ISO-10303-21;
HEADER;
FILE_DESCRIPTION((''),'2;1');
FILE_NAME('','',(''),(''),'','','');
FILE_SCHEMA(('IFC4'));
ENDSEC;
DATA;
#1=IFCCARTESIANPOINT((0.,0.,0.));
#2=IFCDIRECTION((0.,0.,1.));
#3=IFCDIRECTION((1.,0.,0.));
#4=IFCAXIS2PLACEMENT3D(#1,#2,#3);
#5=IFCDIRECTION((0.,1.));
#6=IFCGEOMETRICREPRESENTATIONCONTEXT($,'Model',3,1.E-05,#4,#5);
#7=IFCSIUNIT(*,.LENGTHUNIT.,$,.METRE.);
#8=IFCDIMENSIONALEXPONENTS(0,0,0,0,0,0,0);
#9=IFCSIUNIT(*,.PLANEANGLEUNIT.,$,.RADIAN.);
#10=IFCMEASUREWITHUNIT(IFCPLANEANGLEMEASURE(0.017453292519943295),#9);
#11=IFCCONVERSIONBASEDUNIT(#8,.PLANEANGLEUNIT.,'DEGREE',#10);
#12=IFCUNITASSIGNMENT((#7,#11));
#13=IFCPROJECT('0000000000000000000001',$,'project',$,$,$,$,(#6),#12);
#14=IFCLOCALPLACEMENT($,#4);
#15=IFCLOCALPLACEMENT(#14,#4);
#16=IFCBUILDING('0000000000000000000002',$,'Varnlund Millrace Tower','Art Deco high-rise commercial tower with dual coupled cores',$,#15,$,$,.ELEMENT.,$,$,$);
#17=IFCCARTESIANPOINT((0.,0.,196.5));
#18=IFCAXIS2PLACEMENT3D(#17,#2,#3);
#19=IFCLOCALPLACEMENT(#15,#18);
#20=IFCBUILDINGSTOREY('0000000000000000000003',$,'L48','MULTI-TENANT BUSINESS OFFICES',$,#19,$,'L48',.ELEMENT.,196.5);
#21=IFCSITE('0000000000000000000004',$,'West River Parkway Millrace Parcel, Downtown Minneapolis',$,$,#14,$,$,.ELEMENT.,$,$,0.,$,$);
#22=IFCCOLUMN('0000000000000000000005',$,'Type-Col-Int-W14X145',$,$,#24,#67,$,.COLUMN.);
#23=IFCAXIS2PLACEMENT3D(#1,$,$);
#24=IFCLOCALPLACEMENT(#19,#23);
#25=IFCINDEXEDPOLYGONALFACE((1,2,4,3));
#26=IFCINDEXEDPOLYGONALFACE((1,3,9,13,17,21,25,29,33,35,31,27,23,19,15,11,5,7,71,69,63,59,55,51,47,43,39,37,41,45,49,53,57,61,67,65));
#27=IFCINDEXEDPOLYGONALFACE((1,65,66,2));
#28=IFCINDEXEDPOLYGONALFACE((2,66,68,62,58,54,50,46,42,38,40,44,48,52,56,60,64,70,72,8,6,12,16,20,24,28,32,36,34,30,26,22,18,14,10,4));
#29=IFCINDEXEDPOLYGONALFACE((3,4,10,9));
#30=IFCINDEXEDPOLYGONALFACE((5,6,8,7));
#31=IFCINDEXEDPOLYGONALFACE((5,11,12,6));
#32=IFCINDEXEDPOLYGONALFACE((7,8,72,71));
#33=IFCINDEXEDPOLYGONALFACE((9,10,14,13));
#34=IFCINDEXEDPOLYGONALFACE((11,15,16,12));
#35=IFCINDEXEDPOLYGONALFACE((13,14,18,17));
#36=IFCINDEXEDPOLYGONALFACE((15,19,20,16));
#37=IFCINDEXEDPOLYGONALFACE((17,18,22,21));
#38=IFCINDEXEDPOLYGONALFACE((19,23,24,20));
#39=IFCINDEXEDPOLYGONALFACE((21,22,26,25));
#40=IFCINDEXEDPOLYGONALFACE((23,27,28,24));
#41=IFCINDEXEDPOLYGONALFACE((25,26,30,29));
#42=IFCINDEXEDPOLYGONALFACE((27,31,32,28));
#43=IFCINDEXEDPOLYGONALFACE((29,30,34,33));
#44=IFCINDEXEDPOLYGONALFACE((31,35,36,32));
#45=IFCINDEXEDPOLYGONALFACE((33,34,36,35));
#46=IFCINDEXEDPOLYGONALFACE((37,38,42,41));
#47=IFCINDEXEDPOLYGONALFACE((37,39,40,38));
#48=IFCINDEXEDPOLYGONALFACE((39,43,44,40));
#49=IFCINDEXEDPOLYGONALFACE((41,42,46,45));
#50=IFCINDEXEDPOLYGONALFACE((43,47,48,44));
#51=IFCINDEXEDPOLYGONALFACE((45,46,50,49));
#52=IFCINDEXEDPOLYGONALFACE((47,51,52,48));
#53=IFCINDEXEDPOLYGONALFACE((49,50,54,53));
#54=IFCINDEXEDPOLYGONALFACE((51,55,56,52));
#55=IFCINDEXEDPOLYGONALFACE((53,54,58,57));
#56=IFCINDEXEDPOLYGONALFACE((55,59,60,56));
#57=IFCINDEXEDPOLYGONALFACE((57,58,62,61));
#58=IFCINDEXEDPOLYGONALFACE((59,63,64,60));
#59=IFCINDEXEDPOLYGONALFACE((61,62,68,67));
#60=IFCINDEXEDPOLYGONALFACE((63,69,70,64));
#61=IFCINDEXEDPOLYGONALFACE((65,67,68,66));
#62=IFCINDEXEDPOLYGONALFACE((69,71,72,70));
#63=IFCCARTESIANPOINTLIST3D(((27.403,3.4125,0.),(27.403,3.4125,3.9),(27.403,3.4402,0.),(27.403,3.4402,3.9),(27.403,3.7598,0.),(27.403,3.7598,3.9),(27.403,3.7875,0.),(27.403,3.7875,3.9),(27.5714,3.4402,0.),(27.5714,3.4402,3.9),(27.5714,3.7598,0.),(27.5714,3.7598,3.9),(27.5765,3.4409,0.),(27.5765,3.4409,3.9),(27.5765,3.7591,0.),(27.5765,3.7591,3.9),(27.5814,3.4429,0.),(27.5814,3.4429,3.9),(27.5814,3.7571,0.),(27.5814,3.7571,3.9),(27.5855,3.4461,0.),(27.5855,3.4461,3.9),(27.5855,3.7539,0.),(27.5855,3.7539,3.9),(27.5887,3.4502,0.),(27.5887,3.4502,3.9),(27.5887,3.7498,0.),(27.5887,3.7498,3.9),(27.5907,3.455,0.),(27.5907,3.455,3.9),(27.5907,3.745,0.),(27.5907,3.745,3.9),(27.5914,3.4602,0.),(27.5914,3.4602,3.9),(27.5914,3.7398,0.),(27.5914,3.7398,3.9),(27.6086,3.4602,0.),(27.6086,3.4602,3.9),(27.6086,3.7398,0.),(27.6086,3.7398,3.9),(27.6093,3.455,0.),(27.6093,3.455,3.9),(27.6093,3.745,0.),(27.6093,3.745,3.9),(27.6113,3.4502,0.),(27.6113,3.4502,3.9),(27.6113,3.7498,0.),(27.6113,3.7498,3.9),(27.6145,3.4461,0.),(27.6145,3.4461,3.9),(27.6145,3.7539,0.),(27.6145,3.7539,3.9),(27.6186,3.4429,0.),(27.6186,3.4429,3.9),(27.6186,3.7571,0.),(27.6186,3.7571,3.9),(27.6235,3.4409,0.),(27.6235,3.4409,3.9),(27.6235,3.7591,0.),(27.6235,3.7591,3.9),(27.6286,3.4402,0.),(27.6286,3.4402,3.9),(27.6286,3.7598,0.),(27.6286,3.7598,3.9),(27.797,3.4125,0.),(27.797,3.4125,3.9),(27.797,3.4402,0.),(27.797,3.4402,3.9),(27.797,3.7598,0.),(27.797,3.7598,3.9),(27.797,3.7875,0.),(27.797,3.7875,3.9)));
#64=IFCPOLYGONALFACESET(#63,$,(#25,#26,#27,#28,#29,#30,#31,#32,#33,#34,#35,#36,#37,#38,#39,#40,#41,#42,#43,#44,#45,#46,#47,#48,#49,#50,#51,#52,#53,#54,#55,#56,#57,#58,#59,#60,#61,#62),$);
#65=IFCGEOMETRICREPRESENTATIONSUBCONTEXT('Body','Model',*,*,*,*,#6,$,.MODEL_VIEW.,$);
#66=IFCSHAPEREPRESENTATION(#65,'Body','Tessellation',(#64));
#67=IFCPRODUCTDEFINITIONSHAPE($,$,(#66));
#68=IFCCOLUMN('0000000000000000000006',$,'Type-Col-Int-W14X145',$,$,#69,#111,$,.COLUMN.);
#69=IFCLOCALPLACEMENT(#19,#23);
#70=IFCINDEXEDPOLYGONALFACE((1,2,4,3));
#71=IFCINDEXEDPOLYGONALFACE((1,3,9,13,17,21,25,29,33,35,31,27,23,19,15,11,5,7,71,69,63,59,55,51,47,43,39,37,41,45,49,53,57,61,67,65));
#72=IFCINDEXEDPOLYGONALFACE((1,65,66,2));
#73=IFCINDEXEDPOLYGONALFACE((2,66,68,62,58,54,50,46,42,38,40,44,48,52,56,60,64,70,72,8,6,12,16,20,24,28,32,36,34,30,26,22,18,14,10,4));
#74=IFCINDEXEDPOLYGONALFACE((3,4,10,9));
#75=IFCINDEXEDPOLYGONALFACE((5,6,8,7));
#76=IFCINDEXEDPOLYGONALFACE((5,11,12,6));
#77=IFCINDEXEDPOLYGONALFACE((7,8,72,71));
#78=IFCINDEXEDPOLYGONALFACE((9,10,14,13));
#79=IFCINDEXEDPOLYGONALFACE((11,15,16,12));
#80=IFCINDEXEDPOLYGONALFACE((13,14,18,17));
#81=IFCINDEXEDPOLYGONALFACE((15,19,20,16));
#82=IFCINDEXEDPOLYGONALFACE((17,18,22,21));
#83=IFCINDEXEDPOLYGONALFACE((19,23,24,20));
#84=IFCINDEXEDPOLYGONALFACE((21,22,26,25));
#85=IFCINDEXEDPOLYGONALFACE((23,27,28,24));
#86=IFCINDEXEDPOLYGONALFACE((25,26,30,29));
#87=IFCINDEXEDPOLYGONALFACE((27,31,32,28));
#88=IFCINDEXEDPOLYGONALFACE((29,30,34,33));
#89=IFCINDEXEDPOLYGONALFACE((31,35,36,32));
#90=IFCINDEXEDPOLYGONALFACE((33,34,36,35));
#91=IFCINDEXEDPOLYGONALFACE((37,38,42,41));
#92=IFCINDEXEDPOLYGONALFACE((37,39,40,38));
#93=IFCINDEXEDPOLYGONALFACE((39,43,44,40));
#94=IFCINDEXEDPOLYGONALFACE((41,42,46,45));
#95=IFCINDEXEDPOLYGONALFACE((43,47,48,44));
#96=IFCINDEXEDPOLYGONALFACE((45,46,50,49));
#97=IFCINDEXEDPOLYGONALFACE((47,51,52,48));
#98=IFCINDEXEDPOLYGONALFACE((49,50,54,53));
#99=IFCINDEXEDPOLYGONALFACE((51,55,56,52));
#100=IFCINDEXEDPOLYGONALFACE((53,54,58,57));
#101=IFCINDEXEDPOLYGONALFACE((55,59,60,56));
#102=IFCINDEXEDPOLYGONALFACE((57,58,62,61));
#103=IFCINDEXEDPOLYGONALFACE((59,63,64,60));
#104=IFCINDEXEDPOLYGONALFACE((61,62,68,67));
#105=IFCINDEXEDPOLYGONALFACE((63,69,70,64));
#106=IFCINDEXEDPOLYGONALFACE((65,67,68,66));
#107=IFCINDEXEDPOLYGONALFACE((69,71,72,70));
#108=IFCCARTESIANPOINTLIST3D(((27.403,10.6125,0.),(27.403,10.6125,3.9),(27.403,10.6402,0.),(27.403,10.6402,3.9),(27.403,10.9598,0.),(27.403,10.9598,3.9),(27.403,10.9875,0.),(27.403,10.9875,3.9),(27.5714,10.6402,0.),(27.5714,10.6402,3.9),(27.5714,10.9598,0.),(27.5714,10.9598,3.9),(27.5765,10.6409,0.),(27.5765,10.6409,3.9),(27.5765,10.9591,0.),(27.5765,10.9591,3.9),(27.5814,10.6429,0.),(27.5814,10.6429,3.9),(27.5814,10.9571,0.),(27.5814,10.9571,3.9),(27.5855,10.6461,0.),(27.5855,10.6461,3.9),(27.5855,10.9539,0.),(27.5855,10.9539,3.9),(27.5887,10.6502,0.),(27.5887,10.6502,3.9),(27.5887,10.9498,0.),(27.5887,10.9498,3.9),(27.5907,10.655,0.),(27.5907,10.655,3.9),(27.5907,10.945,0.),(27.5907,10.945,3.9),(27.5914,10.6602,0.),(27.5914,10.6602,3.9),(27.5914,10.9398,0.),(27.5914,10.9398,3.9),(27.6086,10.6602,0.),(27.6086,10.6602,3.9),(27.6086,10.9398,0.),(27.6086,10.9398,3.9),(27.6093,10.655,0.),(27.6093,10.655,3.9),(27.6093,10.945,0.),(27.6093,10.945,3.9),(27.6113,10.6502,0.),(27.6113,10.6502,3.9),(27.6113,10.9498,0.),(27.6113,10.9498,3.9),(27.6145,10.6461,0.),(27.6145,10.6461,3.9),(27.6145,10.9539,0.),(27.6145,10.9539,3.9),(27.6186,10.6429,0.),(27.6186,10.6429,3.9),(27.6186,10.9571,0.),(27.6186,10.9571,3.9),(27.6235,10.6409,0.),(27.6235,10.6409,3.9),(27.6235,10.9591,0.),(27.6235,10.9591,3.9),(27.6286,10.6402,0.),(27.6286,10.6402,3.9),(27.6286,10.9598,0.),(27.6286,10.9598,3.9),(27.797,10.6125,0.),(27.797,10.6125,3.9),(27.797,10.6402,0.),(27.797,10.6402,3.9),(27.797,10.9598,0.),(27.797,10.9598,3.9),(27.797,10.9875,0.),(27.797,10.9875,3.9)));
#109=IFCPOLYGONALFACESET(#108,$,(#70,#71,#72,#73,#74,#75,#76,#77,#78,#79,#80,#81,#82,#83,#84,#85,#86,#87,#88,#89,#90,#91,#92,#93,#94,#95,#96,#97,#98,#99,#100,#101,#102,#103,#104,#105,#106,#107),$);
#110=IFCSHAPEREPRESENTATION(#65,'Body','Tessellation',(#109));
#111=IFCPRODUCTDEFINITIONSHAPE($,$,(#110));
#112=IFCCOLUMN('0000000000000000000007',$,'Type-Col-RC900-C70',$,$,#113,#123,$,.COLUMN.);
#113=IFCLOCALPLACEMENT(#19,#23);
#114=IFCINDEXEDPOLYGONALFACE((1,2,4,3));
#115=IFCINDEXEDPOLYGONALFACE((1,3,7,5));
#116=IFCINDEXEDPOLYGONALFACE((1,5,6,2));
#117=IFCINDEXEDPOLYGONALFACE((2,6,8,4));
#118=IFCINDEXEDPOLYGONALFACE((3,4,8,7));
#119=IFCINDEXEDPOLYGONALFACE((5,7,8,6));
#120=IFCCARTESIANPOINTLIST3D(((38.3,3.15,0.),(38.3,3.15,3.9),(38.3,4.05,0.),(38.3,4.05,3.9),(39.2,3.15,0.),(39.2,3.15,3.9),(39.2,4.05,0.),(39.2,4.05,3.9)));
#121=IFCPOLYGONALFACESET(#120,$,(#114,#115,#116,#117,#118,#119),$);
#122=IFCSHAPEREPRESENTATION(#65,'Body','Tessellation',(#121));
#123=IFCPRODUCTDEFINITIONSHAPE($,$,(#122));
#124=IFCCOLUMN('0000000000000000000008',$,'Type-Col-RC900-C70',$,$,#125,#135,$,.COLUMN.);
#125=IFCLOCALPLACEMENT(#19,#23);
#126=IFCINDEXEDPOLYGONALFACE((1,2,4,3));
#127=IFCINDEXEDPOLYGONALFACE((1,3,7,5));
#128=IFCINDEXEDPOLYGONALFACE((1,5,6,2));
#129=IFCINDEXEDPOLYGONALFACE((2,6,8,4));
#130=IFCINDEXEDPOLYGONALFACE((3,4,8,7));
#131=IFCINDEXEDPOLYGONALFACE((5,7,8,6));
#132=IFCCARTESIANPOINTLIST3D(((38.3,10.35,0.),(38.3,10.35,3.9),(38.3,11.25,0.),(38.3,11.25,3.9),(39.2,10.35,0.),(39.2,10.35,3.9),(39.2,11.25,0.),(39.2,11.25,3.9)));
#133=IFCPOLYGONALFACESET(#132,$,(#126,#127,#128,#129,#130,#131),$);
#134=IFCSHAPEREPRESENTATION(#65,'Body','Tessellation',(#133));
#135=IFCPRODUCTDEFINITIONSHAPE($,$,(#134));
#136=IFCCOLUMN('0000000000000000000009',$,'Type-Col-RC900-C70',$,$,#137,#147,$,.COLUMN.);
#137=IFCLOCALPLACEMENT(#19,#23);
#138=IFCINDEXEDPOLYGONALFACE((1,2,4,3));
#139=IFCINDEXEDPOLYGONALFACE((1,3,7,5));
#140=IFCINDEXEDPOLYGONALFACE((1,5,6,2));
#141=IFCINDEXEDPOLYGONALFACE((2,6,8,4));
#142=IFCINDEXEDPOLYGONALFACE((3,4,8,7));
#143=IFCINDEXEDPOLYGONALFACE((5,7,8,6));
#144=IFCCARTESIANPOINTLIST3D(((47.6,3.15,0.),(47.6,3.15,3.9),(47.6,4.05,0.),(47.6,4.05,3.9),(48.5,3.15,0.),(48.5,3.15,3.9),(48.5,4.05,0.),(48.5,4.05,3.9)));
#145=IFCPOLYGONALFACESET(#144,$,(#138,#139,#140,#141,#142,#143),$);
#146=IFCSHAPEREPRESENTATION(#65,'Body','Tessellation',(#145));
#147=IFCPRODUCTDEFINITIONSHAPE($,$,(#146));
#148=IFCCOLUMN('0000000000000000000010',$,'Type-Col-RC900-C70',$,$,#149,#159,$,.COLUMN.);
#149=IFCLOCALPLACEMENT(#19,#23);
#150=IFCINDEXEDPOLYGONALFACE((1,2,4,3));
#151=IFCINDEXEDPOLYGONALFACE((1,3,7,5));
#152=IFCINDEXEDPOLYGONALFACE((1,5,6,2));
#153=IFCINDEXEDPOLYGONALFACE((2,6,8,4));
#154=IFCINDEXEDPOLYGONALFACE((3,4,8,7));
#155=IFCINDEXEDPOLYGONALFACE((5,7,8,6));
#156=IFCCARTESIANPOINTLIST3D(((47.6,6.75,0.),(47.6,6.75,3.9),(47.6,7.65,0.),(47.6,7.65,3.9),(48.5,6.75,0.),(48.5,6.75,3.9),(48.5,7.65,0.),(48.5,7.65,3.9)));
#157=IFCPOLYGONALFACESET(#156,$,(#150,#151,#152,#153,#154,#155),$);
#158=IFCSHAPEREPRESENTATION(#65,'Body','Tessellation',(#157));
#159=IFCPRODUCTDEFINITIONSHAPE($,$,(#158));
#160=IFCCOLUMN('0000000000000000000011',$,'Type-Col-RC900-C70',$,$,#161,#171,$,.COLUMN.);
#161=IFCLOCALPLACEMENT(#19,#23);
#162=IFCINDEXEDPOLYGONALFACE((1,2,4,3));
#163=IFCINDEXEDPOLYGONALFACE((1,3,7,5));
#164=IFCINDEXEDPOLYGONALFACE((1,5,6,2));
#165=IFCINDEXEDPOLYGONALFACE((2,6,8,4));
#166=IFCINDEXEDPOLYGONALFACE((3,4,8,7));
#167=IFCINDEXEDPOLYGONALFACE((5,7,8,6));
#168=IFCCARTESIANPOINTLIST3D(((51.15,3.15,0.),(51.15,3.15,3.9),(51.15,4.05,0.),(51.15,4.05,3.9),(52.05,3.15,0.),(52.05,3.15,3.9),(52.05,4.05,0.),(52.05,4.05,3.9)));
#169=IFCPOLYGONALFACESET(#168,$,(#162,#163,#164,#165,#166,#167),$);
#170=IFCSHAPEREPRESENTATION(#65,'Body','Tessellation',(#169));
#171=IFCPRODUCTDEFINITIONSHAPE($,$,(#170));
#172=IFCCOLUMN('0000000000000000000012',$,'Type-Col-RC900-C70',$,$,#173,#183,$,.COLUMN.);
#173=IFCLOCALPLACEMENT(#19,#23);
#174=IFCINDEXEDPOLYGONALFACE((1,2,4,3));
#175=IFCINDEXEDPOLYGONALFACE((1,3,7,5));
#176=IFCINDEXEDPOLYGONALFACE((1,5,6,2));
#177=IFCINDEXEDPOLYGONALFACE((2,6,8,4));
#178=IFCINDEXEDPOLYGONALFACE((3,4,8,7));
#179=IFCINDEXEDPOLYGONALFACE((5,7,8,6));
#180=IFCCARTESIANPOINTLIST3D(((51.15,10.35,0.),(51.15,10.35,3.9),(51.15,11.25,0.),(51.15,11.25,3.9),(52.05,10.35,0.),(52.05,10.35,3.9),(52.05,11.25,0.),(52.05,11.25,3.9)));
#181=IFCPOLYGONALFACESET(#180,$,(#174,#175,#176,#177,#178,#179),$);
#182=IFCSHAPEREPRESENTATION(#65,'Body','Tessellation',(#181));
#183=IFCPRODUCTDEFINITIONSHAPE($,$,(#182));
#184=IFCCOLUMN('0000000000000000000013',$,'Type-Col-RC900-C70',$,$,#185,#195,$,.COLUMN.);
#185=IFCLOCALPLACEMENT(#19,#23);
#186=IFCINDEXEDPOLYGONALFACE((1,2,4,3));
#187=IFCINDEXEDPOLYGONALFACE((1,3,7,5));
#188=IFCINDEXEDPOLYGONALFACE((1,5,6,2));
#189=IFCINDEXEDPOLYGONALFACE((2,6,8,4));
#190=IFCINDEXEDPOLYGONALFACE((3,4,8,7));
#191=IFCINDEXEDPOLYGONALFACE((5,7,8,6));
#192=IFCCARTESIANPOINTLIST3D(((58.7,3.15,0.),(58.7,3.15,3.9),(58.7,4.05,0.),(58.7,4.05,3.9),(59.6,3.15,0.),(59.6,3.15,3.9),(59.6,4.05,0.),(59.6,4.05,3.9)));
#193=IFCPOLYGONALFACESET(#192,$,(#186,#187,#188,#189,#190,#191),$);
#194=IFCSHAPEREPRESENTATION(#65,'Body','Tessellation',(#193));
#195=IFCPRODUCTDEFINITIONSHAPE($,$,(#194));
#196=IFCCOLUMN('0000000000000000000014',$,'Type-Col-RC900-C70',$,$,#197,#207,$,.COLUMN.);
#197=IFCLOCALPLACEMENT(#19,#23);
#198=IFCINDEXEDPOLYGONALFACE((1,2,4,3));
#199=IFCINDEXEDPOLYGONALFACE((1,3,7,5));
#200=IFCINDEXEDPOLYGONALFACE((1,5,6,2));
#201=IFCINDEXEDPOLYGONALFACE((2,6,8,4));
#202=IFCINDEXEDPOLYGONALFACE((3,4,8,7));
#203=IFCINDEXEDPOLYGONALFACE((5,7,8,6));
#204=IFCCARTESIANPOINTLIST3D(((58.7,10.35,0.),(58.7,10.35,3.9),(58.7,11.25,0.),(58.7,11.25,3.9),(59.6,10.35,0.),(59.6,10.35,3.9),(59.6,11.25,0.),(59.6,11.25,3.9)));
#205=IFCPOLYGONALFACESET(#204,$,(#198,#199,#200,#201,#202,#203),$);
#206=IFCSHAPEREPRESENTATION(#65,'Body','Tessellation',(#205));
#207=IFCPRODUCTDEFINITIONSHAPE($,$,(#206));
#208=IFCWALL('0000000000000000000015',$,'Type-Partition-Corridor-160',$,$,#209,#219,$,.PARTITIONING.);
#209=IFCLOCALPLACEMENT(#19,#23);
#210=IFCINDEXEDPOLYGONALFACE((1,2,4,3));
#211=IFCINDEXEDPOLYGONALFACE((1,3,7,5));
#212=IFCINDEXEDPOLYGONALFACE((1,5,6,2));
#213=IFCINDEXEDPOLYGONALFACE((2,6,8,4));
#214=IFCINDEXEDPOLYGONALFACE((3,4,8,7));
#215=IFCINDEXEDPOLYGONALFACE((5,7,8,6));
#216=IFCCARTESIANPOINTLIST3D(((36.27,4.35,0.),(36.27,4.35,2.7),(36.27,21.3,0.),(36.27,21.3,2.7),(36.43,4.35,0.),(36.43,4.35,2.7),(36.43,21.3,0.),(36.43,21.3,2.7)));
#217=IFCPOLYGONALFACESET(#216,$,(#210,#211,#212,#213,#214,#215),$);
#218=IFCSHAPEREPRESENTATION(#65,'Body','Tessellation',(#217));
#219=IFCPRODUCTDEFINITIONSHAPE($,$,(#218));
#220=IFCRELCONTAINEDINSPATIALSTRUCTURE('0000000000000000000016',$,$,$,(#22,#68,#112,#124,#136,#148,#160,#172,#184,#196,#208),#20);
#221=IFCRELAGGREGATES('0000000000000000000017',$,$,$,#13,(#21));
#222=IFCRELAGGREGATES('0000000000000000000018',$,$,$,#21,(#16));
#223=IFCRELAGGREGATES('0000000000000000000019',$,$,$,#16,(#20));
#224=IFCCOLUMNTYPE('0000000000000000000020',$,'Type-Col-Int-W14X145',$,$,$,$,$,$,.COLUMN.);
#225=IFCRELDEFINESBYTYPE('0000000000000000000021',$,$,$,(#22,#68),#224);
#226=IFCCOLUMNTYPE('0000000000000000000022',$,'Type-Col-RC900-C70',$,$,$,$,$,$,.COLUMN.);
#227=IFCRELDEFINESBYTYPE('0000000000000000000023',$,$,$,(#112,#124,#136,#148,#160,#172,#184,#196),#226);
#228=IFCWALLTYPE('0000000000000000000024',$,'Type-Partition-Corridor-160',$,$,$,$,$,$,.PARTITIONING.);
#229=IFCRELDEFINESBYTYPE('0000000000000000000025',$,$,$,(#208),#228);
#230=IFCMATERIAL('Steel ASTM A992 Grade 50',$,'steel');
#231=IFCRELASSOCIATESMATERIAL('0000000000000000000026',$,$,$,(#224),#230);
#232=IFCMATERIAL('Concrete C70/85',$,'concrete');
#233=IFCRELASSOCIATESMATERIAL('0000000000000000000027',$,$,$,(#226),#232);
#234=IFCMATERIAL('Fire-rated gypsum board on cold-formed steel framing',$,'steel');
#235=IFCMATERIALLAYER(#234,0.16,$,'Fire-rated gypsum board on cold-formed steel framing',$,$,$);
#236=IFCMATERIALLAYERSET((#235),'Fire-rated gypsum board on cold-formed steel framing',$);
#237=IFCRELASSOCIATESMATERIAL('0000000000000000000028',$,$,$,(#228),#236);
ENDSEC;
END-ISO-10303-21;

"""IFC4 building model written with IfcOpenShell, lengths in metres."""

from ifc_helpers import new_model, entity, si_unit, converted_unit, direction, frame, origin_with_axes, origin_2d_with_axis, place, context, subcontext, project, spatial, polyline, rectangle, i_section, outline, extrude, material, layer, layer_set, material_profile, profile_set, type_object, element, save


model = new_model("IFC4")

# Units and contexts
model_context = context("Model", 3, precision=1e-05, world=origin_with_axes(), true_north=direction((0.0, 1.0)))
body_context = subcontext(model_context, "Body", "Model", "MODEL_VIEW")
ifc_project = project(units=[si_unit("LENGTHUNIT", "METRE"), converted_unit("PLANEANGLEUNIT", "DEGREE", entity("IfcPlaneAngleMeasure", 0.017453292519943295), si_unit("PLANEANGLEUNIT", "RADIAN"), dimensions=[0, 0, 0, 0, 0, 0, 0])], contexts=[model_context])

# Site, building, storey
site_placement = place(None, origin_with_axes())
site = spatial("IfcSite", under=ifc_project, at=site_placement, Name="West River Parkway Millrace Parcel, Downtown Minneapolis", CompositionType="ELEMENT", RefElevation=0.0)
building_placement = place(site_placement, origin_with_axes())
building = spatial("IfcBuilding", under=site, at=building_placement, Name="Varnlund Millrace Tower", Description="Art Deco high-rise commercial tower with dual coupled cores", CompositionType="ELEMENT")
storey_placement = place(building_placement, frame((0.0, 0.0, 196.5), z_axis=(0.0, 0.0, 1.0), x_axis=(1.0, 0.0, 0.0)))
storey = spatial("IfcBuildingStorey", under=building, at=storey_placement, Name="L48", Description="MULTI-TENANT BUSINESS OFFICES", LongName="L48", CompositionType="ELEMENT", Elevation=196.5)

# Columns
ifc_material_1 = material(Name="Steel ASTM A992 Grade 50", Category="steel")
ifc_material_profile_1 = material_profile(ifc_material_1, i_section(OverallWidth=0.394, OverallDepth=0.375, WebThickness=0.0173, FlangeThickness=0.0277, FilletRadius=0.02, at=origin_2d_with_axis()), Name="Steel ASTM A992 Grade 50")
ifc_profile_set_1 = profile_set([ifc_material_profile_1], Name="Steel ASTM A992 Grade 50")
column_type_1 = type_object("IfcColumnType", Name="Type-Col-Int-W14X145", PredefinedType="COLUMN", material=ifc_profile_set_1)
for number, where, z_axis, x_axis, name in (
    (1, (27.6, 3.6, 0.0), (0.0, 0.0, 1.0), (1.0, 0.0, 0.0), "Type-Col-Int-W14X145"),
    (2, (27.6, 10.8, 0.0), (0.0, 0.0, 1.0), (1.0, 0.0, 0.0), "Type-Col-Int-W14X145"),
):
    element("IfcColumn", number, at=place(storey_placement, frame(where, z_axis=z_axis, x_axis=x_axis)), inside=storey, type_object=column_type_1, Name=name, PredefinedType="COLUMN", context=body_context, shape_type="SweptSolid", body=[
        extrude(i_section(OverallWidth=0.394, OverallDepth=0.375, WebThickness=0.0173, FlangeThickness=0.0277, FilletRadius=0.02, at=origin_2d_with_axis()), origin_with_axes(), (0.0, 0.0, 1.0), 3.9),
    ])
ifc_material_2 = material(Name="Concrete C70/85", Category="concrete")
ifc_material_profile_2 = material_profile(ifc_material_2, rectangle(XDim=0.9, YDim=0.9, at=origin_2d_with_axis()), Name="Concrete C70/85")
ifc_profile_set_2 = profile_set([ifc_material_profile_2], Name="Concrete C70/85")
column_type_2 = type_object("IfcColumnType", Name="Type-Col-RC900-C70", PredefinedType="COLUMN", material=ifc_profile_set_2)
for number, where, z_axis, x_axis, name in (
    (3, (38.75, 3.6, 0.0), (0.0, 0.0, 1.0), (1.0, 0.0, 0.0), "Type-Col-RC900-C70"),
    (4, (38.75, 10.8, 0.0), (0.0, 0.0, 1.0), (1.0, 0.0, 0.0), "Type-Col-RC900-C70"),
    (5, (48.05, 3.6, 0.0), (0.0, 0.0, 1.0), (1.0, 0.0, 0.0), "Type-Col-RC900-C70"),
    (6, (48.05, 7.2, 0.0), (0.0, 0.0, 1.0), (1.0, 0.0, 0.0), "Type-Col-RC900-C70"),
    (7, (51.6, 3.6, 0.0), (0.0, 0.0, 1.0), (1.0, 0.0, 0.0), "Type-Col-RC900-C70"),
    (8, (51.6, 10.8, 0.0), (0.0, 0.0, 1.0), (1.0, 0.0, 0.0), "Type-Col-RC900-C70"),
    (9, (59.15, 3.6, 0.0), (0.0, 0.0, 1.0), (1.0, 0.0, 0.0), "Type-Col-RC900-C70"),
    (10, (59.15, 10.8, 0.0), (0.0, 0.0, 1.0), (1.0, 0.0, 0.0), "Type-Col-RC900-C70"),
):
    element("IfcColumn", number, at=place(storey_placement, frame(where, z_axis=z_axis, x_axis=x_axis)), inside=storey, type_object=column_type_2, Name=name, PredefinedType="COLUMN", context=body_context, shape_type="SweptSolid", body=[
        extrude(rectangle(XDim=0.9, YDim=0.9, at=origin_2d_with_axis()), origin_with_axes(), (0.0, 0.0, 1.0), 3.9),
    ])

# Shared definitions
ifc_material_3 = material(Name="Fire-rated gypsum board on cold-formed steel framing", Category="steel")
ifc_layer_1 = layer(ifc_material_3, 0.16, Name="Fire-rated gypsum board on cold-formed steel framing")
ifc_layer_set_1 = layer_set([ifc_layer_1], Name="Fire-rated gypsum board on cold-formed steel framing")
wall_type_1 = type_object("IfcWallType", Name="Type-Partition-Corridor-160", PredefinedType="PARTITIONING", material=ifc_layer_set_1)

# Wall
wall_1_placement = place(storey_placement, frame((36.35, 4.35, 0.0), z_axis=(0.0, 0.0, 1.0), x_axis=(0.0, 1.0, 0.0)))
element("IfcWall", 11, at=wall_1_placement, inside=storey, type_object=wall_type_1, Name="Type-Partition-Corridor-160", PredefinedType="PARTITIONING", context=body_context, shape_type="SweptSolid", body=[
    extrude(outline(polyline([(0.0, -0.08), (16.95, -0.08), (16.95, 0.08), (0.0, 0.08), (0.0, -0.08)])), origin_with_axes(), (0.0, 0.0, 1.0), 2.7),
])

save(model, "model.ifc")
